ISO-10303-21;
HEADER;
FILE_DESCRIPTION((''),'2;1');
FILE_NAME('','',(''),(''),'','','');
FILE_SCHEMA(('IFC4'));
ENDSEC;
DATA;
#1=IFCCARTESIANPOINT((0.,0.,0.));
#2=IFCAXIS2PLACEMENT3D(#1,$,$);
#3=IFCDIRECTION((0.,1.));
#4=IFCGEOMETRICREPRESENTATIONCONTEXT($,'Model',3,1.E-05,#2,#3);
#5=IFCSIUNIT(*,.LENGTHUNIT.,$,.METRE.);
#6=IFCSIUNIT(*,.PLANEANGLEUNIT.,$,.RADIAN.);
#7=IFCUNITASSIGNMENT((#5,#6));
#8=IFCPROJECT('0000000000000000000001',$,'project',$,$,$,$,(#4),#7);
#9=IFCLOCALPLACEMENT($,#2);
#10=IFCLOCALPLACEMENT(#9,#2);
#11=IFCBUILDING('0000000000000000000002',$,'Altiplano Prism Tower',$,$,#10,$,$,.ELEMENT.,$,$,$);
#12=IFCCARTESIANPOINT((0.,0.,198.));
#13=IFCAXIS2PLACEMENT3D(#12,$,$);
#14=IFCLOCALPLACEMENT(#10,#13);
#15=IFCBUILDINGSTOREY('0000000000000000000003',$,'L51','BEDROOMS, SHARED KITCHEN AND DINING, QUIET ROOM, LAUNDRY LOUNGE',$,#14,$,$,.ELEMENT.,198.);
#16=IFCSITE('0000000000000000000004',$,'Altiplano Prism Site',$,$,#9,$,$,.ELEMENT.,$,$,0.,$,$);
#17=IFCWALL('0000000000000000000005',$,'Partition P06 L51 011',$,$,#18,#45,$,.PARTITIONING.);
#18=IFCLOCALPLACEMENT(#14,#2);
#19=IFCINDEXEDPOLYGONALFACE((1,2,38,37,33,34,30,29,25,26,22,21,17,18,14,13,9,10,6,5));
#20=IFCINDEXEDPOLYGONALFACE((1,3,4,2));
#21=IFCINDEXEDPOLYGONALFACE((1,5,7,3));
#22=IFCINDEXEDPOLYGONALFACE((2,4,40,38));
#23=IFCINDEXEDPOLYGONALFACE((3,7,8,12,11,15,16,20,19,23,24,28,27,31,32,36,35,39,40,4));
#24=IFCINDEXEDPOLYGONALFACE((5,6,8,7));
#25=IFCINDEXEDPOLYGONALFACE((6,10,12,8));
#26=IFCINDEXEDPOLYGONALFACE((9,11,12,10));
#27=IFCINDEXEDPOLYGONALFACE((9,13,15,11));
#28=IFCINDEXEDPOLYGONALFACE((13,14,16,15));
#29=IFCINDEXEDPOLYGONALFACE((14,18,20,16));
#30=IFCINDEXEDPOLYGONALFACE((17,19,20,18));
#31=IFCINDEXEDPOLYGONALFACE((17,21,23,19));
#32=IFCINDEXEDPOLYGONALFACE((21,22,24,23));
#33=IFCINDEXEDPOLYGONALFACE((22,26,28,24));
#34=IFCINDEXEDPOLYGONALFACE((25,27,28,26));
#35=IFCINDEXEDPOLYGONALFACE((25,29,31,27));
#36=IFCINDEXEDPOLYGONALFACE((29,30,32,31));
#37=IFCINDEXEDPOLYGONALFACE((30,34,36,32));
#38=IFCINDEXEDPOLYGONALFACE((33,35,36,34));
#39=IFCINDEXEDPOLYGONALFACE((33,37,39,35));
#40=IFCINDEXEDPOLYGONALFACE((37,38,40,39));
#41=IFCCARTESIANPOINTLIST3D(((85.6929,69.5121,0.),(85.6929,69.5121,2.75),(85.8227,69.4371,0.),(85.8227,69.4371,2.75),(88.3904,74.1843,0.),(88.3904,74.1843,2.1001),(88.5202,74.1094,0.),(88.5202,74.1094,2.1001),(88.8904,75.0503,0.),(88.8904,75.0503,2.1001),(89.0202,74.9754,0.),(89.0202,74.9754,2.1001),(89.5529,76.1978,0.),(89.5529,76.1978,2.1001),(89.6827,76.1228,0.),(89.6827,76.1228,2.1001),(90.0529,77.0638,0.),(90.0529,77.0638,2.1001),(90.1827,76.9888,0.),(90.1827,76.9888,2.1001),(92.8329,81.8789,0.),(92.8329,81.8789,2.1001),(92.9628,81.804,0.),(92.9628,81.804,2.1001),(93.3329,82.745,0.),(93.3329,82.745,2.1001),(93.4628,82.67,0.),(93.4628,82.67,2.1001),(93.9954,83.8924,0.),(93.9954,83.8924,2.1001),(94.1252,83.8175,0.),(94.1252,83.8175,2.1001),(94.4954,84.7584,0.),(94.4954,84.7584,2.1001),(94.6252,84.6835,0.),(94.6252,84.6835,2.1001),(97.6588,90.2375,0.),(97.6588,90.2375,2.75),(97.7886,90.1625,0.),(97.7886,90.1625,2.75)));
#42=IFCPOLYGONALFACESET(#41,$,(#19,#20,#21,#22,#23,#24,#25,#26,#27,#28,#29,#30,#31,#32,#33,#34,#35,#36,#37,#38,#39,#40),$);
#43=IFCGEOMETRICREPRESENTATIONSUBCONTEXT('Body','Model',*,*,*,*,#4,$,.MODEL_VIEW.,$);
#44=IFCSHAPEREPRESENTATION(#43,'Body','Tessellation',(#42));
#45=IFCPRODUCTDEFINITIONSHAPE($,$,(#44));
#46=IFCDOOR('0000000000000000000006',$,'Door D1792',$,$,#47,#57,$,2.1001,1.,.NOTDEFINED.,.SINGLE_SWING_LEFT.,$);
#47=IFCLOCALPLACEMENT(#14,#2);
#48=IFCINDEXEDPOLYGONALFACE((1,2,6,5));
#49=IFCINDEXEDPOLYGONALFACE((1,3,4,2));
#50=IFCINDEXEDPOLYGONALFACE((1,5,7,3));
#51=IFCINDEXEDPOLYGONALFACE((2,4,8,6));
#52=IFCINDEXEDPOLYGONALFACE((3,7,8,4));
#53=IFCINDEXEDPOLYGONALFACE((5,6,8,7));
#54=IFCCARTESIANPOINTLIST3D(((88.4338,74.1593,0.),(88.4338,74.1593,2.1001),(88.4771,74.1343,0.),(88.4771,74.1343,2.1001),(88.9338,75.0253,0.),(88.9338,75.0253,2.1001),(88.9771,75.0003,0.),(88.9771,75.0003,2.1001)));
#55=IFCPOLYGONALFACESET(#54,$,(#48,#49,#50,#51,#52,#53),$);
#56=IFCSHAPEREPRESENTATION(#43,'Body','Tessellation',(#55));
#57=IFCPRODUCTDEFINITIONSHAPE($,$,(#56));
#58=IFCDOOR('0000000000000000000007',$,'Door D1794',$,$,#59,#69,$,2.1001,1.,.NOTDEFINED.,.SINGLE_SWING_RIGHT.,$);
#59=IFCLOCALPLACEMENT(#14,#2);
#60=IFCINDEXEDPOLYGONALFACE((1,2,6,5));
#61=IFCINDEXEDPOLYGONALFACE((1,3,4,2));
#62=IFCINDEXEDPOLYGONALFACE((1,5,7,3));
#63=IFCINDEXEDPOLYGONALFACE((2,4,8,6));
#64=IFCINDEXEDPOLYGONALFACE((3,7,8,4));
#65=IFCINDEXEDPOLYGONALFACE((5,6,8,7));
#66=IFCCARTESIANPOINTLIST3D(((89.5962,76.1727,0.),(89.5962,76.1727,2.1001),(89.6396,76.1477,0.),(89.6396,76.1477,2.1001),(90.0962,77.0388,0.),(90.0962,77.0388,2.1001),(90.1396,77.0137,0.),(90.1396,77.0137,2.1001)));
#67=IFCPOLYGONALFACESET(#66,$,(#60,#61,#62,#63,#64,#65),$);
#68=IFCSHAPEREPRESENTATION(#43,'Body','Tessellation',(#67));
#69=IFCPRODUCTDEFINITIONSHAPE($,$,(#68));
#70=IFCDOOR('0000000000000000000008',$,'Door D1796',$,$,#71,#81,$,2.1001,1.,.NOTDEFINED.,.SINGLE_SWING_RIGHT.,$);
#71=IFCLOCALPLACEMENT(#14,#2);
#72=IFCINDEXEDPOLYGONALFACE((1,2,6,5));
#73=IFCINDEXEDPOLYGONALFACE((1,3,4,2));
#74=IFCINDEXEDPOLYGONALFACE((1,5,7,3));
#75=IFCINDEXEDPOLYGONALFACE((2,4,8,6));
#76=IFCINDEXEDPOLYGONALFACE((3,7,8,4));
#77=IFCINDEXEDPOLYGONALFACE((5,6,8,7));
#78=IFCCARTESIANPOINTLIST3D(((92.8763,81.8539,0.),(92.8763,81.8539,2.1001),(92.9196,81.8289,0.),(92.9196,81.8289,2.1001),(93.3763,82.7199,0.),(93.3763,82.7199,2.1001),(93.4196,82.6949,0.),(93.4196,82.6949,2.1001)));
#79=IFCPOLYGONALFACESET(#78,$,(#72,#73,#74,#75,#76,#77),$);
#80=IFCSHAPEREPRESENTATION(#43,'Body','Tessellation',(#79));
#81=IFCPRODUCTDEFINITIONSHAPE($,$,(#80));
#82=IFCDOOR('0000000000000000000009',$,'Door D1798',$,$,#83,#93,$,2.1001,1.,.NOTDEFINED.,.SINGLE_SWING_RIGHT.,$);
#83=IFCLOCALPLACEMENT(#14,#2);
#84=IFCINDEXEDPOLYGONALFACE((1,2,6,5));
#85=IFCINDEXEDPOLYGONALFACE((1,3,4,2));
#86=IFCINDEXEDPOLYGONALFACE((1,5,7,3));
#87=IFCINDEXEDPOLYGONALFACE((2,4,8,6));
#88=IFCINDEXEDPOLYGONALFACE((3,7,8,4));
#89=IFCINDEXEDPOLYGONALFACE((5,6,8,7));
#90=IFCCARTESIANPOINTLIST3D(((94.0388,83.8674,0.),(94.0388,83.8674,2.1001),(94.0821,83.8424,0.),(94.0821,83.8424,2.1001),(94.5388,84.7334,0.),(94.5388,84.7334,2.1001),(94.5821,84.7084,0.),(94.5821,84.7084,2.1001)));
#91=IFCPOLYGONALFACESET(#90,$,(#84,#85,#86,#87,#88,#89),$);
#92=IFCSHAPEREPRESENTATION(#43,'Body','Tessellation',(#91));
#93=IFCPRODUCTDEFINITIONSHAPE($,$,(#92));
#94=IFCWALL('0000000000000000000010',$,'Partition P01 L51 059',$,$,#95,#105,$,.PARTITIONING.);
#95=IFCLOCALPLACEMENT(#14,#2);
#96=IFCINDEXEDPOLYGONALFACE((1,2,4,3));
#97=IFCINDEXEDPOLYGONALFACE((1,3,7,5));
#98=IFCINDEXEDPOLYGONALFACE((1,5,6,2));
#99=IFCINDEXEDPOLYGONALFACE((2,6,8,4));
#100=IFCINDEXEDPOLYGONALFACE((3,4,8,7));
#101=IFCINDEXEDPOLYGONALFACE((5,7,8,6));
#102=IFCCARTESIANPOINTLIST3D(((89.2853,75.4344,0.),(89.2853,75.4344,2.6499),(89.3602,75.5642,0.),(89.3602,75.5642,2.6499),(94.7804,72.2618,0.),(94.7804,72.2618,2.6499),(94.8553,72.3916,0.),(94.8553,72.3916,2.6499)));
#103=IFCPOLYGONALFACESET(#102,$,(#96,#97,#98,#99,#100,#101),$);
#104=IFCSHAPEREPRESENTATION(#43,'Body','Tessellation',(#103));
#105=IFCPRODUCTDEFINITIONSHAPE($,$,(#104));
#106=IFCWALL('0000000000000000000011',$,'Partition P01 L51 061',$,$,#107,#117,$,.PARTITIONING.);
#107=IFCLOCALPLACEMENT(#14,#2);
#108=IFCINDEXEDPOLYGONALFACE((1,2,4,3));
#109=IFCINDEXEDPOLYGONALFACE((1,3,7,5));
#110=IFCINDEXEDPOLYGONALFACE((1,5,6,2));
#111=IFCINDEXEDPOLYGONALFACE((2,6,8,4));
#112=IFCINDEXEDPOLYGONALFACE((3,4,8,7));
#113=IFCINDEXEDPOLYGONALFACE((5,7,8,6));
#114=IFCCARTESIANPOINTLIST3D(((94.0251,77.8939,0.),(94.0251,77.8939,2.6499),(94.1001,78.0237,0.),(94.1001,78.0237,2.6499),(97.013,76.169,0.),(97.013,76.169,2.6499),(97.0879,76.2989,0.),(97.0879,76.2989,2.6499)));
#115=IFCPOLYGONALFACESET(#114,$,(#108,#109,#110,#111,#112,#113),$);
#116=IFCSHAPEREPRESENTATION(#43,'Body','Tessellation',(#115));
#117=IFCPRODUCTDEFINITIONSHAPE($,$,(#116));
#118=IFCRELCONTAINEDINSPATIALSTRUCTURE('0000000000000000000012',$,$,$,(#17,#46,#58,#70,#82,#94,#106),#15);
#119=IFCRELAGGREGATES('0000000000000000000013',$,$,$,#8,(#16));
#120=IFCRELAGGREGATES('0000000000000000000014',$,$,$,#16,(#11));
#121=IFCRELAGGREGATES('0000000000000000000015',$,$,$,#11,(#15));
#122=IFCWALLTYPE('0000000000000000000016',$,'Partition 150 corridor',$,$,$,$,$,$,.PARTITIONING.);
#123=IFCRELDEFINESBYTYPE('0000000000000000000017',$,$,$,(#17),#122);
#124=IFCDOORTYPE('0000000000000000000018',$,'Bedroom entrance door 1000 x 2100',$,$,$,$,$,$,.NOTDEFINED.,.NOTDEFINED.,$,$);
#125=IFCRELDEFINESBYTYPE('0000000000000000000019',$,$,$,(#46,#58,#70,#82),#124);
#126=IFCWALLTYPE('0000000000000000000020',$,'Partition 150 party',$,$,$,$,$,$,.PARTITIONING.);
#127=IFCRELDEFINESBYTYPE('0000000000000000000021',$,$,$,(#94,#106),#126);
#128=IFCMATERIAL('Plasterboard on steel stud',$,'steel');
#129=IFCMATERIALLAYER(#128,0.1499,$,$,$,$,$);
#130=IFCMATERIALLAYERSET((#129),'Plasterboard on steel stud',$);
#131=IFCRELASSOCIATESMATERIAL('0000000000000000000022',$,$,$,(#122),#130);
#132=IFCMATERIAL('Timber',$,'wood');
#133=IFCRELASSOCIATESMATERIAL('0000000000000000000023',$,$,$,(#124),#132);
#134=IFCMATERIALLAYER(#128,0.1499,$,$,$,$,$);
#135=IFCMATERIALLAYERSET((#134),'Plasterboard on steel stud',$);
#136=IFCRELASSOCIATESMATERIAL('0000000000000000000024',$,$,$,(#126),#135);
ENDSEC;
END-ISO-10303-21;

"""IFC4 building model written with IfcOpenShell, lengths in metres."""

from ifc_helpers import new_model, si_unit, direction, frame, frame_2d, origin, place, context, subcontext, project, spatial, rectangle, extrude, material, layer, layer_set, type_object, element, fill, save


model = new_model("IFC4")

# Units and contexts
model_context = context("Model", 3, precision=1e-05, world=origin(), true_north=direction((0.0, 1.0)))
body_context = subcontext(model_context, "Body", "Model", "MODEL_VIEW")
ifc_project = project(units=[si_unit("LENGTHUNIT", "METRE"), si_unit("PLANEANGLEUNIT", "RADIAN")], contexts=[model_context])

# Site, building, storey
site_placement = place(None, origin())
site = spatial("IfcSite", under=ifc_project, at=site_placement, Name="Altiplano Prism Site", CompositionType="ELEMENT", RefElevation=0.0)
building_placement = place(site_placement, origin())
building = spatial("IfcBuilding", under=site, at=building_placement, Name="Altiplano Prism Tower", CompositionType="ELEMENT")
storey_placement = place(building_placement, frame((0.0, 0.0, 198.0)))
storey = spatial("IfcBuildingStorey", under=building, at=storey_placement, Name="L51", Description="BEDROOMS, SHARED KITCHEN AND DINING, QUIET ROOM, LAUNDRY LOUNGE", CompositionType="ELEMENT", Elevation=198.0)

# Shared definitions
ifc_material_1 = material(Name="Plasterboard on steel stud", Category="steel")
ifc_material_2 = material(Name="Timber", Category="wood")

# Wall, openings, doors
ifc_layer_1 = layer(ifc_material_1, 0.1499)
ifc_layer_set_1 = layer_set([ifc_layer_1], Name="Plasterboard on steel stud")
wall_type_1 = type_object("IfcWallType", Name="Partition 150 corridor", PredefinedType="PARTITIONING", material=ifc_layer_set_1)
wall_1_placement = place(storey_placement, frame((85.7578, 69.4746, 0.0), z_axis=(0.0, 0.0, 1.0), x_axis=(0.500001, 0.866025, 0.0)))
wall_1 = element("IfcWall", 1, at=wall_1_placement, inside=storey, type_object=wall_type_1, Name="Partition P06 L51 011", PredefinedType="PARTITIONING", context=body_context, shape_type="SweptSolid", body=[
    extrude(rectangle(XDim=23.9316, YDim=0.1499, at=frame_2d((11.9658, 0.0))), origin(), (0.0, 0.0, 1.0), 2.75),
])
opening_1_placement = place(wall_1_placement, frame((5.395, 0.0, 0.0)))
opening_1 = element("IfcOpeningElement", 2, at=opening_1_placement, cuts=wall_1, PredefinedType="OPENING", context=body_context, shape_type="SweptSolid", body=[
    extrude(rectangle(XDim=1.0, YDim=2.1001, at=frame_2d((0.5, 1.05))), frame((0.0, 0.0854, 0.0), z_axis=(0.0, -1.0, 0.0), x_axis=(1.0, 0.0, 0.0)), (0.0, 0.0, 1.0), 0.1709),
])
opening_2_placement = place(wall_1_placement, frame((7.72, 0.0, 0.0)))
opening_2 = element("IfcOpeningElement", 3, at=opening_2_placement, cuts=wall_1, PredefinedType="OPENING", context=body_context, shape_type="SweptSolid", body=[
    extrude(rectangle(XDim=1.0, YDim=2.1001, at=frame_2d((0.5, 1.05))), frame((0.0, 0.0854, 0.0), z_axis=(0.0, -1.0, 0.0), x_axis=(1.0, 0.0, 0.0)), (0.0, 0.0, 1.0), 0.1709),
])
opening_3_placement = place(wall_1_placement, frame((14.28, 0.0, 0.0)))
opening_3 = element("IfcOpeningElement", 4, at=opening_3_placement, cuts=wall_1, PredefinedType="OPENING", context=body_context, shape_type="SweptSolid", body=[
    extrude(rectangle(XDim=1.0, YDim=2.1001, at=frame_2d((0.5, 1.05))), frame((0.0, 0.0854, 0.0), z_axis=(0.0, -1.0, 0.0), x_axis=(1.0, 0.0, 0.0)), (0.0, 0.0, 1.0), 0.1709),
])
opening_4_placement = place(wall_1_placement, frame((16.605, 0.0, 0.0)))
opening_4 = element("IfcOpeningElement", 5, at=opening_4_placement, cuts=wall_1, PredefinedType="OPENING", context=body_context, shape_type="SweptSolid", body=[
    extrude(rectangle(XDim=1.0, YDim=2.1001, at=frame_2d((0.5, 1.05))), frame((0.0, 0.0854, 0.0), z_axis=(0.0, -1.0, 0.0), x_axis=(1.0, 0.0, 0.0)), (0.0, 0.0, 1.0), 0.1709),
])
door_type_1 = type_object("IfcDoorType", Name="Bedroom entrance door 1000 x 2100", OperationType="NOTDEFINED", PredefinedType="NOTDEFINED", material=ifc_material_2)
door_1_placement = place(opening_1_placement, origin())
door_1 = element("IfcDoor", 6, at=door_1_placement, inside=storey, type_object=door_type_1, Name="Door D1792", OperationType="SINGLE_SWING_LEFT", OverallHeight=2.1001, OverallWidth=1.0, PredefinedType="NOTDEFINED", context=body_context, shape_type="SweptSolid", body=[
    extrude(rectangle(XDim=1.0, YDim=2.1001, at=frame_2d((0.5, 1.05))), frame((0.0, 0.0249, 0.0), z_axis=(0.0, -1.0, 0.0), x_axis=(1.0, 0.0, 0.0)), (0.0, 0.0, 1.0), 0.05),
])
fill(opening_1, door_1)
door_2_placement = place(opening_2_placement, origin())
door_2 = element("IfcDoor", 7, at=door_2_placement, inside=storey, type_object=door_type_1, Name="Door D1794", OperationType="SINGLE_SWING_RIGHT", OverallHeight=2.1001, OverallWidth=1.0, PredefinedType="NOTDEFINED", context=body_context, shape_type="SweptSolid", body=[
    extrude(rectangle(XDim=1.0, YDim=2.1001, at=frame_2d((0.5, 1.05))), frame((0.0, 0.0249, 0.0), z_axis=(0.0, -1.0, 0.0), x_axis=(1.0, 0.0, 0.0)), (0.0, 0.0, 1.0), 0.05),
])
fill(opening_2, door_2)
door_3_placement = place(opening_3_placement, origin())
door_3 = element("IfcDoor", 8, at=door_3_placement, inside=storey, type_object=door_type_1, Name="Door D1796", OperationType="SINGLE_SWING_RIGHT", OverallHeight=2.1001, OverallWidth=1.0, PredefinedType="NOTDEFINED", context=body_context, shape_type="SweptSolid", body=[
    extrude(rectangle(XDim=1.0, YDim=2.1001, at=frame_2d((0.5, 1.05))), frame((0.0, 0.0249, 0.0), z_axis=(0.0, -1.0, 0.0), x_axis=(1.0, 0.0, 0.0)), (0.0, 0.0, 1.0), 0.05),
])
fill(opening_3, door_3)
door_4_placement = place(opening_4_placement, origin())
door_4 = element("IfcDoor", 9, at=door_4_placement, inside=storey, type_object=door_type_1, Name="Door D1798", OperationType="SINGLE_SWING_RIGHT", OverallHeight=2.1001, OverallWidth=1.0, PredefinedType="NOTDEFINED", context=body_context, shape_type="SweptSolid", body=[
    extrude(rectangle(XDim=1.0, YDim=2.1001, at=frame_2d((0.5, 1.05))), frame((0.0, 0.0249, 0.0), z_axis=(0.0, -1.0, 0.0), x_axis=(1.0, 0.0, 0.0)), (0.0, 0.0, 1.0), 0.05),
])
fill(opening_4, door_4)

# Walls
ifc_layer_2 = layer(ifc_material_1, 0.1499)
ifc_layer_set_2 = layer_set([ifc_layer_2], Name="Plasterboard on steel stud")
wall_type_2 = type_object("IfcWallType", Name="Partition 150 party", PredefinedType="PARTITIONING", material=ifc_layer_set_2)
wall_2_placement = place(storey_placement, frame((94.8179, 72.3267, 0.0), z_axis=(0.0, 0.0, 1.0), x_axis=(-0.866025, 0.5, 0.0)))
element("IfcWall", 10, at=wall_2_placement, inside=storey, type_object=wall_type_2, Name="Partition P01 L51 059", PredefinedType="PARTITIONING", context=body_context, shape_type="SweptSolid", body=[
    extrude(rectangle(XDim=6.3452, YDim=0.1499, at=frame_2d((3.1726, 0.0))), origin(), (0.0, 0.0, 1.0), 2.6499),
])
wall_3_placement = place(storey_placement, frame((97.0505, 76.2339, 0.0), z_axis=(0.0, 0.0, 1.0), x_axis=(-0.866044, 0.499967, 0.0)))
element("IfcWall", 11, at=wall_3_placement, inside=storey, type_object=wall_type_2, Name="Partition P01 L51 061", PredefinedType="PARTITIONING", context=body_context, shape_type="SweptSolid", body=[
    extrude(rectangle(XDim=3.45, YDim=0.1499, at=frame_2d((1.7251, 0.0))), origin(), (0.0, 0.0, 1.0), 2.6499),
])

save(model, "model.ifc")
